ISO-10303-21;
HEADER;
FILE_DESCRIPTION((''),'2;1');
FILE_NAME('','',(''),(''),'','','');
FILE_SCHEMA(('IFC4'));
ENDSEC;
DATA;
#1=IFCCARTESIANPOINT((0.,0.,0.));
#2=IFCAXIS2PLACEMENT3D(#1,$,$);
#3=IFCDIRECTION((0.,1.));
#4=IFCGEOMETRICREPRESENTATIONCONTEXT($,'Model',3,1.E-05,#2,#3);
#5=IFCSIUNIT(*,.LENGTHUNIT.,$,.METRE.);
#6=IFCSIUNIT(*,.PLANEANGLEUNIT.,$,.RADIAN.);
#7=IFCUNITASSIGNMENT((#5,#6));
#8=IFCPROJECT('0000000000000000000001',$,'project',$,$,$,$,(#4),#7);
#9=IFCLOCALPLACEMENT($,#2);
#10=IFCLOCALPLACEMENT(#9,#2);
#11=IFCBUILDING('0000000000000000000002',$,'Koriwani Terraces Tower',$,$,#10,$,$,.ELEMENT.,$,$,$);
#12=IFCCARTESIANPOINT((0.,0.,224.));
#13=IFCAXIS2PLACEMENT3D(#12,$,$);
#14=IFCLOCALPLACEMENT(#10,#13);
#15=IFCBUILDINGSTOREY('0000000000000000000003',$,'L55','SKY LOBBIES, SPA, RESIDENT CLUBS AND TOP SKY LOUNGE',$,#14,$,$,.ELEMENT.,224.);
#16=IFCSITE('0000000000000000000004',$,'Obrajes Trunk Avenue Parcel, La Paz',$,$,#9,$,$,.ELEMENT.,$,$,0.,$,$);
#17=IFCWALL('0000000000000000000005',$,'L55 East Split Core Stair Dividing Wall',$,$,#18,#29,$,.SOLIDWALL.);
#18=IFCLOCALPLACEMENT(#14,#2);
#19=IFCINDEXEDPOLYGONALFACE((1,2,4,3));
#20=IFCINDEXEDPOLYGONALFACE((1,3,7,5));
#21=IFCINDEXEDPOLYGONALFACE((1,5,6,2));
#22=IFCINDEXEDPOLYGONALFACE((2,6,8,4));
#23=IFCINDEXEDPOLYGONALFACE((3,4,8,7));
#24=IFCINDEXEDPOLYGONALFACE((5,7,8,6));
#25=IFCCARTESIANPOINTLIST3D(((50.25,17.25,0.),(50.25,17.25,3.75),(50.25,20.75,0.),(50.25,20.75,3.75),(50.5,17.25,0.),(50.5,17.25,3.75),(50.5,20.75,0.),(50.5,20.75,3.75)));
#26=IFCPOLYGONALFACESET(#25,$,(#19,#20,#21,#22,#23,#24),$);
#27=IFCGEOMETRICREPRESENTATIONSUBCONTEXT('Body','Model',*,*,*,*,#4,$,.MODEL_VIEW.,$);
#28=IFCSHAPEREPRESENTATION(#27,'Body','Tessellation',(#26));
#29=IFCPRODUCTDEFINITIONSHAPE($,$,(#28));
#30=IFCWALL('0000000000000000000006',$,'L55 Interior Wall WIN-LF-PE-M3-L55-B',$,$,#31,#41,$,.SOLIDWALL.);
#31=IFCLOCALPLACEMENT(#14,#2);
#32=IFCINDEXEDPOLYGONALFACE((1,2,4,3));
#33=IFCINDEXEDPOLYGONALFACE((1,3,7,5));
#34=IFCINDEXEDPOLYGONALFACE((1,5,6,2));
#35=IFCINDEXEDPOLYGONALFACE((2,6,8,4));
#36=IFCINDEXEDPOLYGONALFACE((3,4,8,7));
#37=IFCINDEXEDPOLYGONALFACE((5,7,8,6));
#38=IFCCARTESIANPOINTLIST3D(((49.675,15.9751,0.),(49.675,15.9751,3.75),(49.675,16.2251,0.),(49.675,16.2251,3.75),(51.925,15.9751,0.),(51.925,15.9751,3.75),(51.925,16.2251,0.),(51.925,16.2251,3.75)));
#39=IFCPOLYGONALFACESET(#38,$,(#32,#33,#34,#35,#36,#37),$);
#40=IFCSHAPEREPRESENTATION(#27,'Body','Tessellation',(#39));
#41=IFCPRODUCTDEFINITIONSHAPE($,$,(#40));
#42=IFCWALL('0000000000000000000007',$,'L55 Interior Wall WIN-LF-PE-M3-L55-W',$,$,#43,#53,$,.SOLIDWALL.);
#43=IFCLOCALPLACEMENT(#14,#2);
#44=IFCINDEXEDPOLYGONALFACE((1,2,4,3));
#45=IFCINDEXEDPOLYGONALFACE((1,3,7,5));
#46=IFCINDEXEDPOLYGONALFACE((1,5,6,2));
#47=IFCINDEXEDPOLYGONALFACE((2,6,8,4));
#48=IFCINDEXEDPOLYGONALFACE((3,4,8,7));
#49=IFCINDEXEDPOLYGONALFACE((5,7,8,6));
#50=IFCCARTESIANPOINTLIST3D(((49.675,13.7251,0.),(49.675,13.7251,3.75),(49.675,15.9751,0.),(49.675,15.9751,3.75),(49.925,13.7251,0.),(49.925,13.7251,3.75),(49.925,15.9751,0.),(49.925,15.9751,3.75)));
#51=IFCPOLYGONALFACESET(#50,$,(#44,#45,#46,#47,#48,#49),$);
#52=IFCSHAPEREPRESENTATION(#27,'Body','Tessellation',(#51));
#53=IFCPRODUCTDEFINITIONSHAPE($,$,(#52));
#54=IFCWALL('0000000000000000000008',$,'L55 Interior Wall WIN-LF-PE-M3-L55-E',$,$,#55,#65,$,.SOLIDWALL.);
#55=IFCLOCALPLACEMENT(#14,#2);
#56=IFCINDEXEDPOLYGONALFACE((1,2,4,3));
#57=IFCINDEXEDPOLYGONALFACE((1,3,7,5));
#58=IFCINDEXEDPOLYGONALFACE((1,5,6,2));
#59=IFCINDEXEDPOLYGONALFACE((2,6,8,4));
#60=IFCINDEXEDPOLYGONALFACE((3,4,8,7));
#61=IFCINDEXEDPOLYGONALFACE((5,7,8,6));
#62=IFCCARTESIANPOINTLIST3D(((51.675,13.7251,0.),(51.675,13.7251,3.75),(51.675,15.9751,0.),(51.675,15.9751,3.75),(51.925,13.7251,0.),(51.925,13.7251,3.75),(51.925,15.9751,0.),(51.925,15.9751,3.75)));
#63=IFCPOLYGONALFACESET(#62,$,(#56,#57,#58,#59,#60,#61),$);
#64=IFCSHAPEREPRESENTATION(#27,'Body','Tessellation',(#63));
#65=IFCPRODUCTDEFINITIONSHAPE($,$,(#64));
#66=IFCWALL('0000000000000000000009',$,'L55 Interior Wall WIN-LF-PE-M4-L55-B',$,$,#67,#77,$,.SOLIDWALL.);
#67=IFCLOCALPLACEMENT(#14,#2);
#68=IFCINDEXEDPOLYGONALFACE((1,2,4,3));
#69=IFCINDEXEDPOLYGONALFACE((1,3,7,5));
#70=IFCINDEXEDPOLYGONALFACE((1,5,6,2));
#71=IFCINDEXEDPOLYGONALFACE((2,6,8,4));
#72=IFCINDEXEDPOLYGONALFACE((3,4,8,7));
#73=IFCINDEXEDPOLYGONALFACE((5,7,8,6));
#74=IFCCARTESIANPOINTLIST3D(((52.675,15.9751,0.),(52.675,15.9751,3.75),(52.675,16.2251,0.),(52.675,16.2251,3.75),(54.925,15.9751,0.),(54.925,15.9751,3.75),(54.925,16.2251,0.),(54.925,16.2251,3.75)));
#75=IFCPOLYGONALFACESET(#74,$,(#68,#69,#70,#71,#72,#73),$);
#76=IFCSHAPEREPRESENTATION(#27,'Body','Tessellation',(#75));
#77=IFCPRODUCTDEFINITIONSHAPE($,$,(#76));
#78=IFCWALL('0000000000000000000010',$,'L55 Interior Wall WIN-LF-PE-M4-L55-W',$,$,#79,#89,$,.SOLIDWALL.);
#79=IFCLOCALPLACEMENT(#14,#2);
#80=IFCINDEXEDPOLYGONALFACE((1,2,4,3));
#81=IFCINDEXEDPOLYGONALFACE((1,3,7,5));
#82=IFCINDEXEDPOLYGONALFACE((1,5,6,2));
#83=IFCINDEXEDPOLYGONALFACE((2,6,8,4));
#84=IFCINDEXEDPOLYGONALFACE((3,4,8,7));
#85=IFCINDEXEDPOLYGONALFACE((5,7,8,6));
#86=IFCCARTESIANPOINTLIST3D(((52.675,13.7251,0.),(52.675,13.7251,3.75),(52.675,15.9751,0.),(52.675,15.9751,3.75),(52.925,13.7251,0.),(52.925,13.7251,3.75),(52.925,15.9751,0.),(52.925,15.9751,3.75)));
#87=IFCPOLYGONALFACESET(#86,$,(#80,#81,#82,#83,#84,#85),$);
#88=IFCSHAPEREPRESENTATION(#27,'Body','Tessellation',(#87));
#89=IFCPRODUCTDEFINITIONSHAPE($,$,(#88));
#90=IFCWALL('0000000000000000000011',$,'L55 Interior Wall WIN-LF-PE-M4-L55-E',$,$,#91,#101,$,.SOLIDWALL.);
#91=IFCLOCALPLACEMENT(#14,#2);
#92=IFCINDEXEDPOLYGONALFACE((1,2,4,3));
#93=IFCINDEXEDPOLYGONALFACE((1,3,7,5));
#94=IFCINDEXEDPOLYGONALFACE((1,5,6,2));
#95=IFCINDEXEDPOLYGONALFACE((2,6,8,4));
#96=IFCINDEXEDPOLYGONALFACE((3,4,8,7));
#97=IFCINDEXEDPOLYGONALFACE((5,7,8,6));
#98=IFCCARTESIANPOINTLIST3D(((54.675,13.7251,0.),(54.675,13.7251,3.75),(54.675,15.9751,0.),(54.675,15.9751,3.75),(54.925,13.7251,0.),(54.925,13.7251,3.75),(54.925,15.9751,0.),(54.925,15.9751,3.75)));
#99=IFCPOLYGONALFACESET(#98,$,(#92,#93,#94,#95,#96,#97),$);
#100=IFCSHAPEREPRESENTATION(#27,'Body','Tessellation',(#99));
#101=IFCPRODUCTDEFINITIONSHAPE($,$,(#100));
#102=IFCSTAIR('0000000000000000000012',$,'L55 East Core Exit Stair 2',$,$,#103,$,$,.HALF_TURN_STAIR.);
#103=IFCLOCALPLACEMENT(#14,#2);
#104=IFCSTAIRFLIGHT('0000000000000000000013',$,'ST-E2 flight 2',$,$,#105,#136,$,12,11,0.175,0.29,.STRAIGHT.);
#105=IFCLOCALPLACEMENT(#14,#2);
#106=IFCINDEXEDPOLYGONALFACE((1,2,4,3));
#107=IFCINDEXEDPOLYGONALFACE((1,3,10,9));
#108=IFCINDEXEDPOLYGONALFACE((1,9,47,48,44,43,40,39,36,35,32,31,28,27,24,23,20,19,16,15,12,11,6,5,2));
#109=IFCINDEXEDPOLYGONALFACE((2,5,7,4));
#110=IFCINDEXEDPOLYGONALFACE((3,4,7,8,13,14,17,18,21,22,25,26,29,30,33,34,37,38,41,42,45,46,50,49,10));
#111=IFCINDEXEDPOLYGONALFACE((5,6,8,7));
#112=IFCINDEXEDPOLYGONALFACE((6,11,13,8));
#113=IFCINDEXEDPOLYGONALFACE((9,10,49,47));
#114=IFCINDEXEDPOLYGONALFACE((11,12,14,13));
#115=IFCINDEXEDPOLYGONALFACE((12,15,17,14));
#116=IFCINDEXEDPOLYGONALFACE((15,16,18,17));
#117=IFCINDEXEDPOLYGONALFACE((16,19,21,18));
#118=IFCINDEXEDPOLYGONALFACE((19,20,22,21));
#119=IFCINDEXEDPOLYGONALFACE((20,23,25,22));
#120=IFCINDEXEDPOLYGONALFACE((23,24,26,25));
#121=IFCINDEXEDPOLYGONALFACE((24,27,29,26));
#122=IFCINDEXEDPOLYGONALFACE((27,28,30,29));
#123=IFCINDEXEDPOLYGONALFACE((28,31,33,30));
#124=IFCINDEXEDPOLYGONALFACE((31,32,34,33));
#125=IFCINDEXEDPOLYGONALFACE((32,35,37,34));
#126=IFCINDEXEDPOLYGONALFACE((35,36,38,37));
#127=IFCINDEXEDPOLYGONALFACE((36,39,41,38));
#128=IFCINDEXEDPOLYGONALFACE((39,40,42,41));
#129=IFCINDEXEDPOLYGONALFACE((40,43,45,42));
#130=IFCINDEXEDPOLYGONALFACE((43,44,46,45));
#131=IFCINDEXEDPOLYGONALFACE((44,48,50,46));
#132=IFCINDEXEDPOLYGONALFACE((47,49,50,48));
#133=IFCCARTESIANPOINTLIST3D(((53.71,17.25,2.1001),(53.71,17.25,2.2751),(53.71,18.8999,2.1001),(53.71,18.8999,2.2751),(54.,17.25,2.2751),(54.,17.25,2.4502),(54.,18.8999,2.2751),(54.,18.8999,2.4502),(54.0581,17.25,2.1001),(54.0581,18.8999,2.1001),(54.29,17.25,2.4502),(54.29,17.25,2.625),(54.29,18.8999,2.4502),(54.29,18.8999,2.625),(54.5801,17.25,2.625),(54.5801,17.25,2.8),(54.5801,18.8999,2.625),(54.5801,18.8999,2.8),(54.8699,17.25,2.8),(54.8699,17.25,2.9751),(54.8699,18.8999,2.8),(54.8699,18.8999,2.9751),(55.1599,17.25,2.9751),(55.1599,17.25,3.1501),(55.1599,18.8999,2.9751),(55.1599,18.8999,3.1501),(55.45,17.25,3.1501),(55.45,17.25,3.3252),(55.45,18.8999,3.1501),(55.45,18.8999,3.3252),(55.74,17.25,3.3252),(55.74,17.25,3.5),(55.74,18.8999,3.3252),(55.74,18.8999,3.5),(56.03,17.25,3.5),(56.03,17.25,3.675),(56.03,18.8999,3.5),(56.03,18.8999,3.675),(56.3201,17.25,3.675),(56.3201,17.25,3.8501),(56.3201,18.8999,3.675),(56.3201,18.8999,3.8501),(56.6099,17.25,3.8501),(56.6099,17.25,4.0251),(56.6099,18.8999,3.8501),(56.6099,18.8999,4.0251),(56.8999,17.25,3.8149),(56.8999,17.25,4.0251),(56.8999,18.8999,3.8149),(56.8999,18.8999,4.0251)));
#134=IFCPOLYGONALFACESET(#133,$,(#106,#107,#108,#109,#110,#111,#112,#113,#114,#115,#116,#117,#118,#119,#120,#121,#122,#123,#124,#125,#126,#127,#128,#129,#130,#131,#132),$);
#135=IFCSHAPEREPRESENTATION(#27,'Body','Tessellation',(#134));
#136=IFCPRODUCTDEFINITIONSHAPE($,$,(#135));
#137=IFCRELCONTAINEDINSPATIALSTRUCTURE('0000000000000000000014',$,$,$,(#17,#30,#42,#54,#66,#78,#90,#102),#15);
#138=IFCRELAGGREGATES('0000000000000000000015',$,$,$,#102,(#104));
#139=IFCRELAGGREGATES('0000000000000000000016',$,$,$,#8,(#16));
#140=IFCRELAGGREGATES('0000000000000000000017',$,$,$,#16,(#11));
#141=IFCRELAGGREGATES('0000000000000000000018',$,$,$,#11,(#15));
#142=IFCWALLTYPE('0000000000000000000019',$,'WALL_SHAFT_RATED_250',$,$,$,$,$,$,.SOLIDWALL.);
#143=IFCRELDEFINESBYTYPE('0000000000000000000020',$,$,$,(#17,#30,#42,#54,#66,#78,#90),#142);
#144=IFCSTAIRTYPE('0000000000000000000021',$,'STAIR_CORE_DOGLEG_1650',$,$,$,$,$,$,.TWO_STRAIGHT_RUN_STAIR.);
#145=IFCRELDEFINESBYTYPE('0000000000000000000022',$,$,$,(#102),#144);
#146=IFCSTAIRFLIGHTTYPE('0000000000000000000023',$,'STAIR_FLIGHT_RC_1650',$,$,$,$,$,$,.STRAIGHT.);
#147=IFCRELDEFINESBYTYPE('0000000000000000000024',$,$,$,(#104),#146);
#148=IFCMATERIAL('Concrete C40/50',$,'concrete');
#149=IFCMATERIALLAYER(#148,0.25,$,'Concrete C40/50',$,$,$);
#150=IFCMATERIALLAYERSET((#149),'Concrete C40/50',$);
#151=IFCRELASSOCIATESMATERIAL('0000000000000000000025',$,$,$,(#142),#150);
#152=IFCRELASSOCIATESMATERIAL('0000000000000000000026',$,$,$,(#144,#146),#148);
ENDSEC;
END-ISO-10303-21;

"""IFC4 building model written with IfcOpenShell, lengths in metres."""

from ifc_helpers import new_model, si_unit, direction, frame, frame_2d, origin, place, context, subcontext, project, spatial, polyline, rectangle, outline, extrude, material, layer, layer_set, type_object, element, aggregate, save


model = new_model("IFC4")

# Units and contexts
model_context = context("Model", 3, precision=1e-05, world=origin(), true_north=direction((0.0, 1.0)))
body_context = subcontext(model_context, "Body", "Model", "MODEL_VIEW")
ifc_project = project(units=[si_unit("LENGTHUNIT", "METRE"), si_unit("PLANEANGLEUNIT", "RADIAN")], contexts=[model_context])

# Site, building, storey
site_placement = place(None, origin())
site = spatial("IfcSite", under=ifc_project, at=site_placement, Name="Obrajes Trunk Avenue Parcel, La Paz", CompositionType="ELEMENT", RefElevation=0.0)
building_placement = place(site_placement, origin())
building = spatial("IfcBuilding", under=site, at=building_placement, Name="Koriwani Terraces Tower", CompositionType="ELEMENT")
storey_placement = place(building_placement, frame((0.0, 0.0, 224.0)))
storey = spatial("IfcBuildingStorey", under=building, at=storey_placement, Name="L55", Description="SKY LOBBIES, SPA, RESIDENT CLUBS AND TOP SKY LOUNGE", CompositionType="ELEMENT", Elevation=224.0)

# Shared definitions
ifc_material_1 = material(Name="Concrete C40/50", Category="concrete")

# Wall
ifc_layer_1 = layer(ifc_material_1, 0.25, Name="Concrete C40/50")
ifc_layer_set_1 = layer_set([ifc_layer_1], Name="Concrete C40/50")
wall_type_1 = type_object("IfcWallType", Name="WALL_SHAFT_RATED_250", PredefinedType="SOLIDWALL", material=ifc_layer_set_1)
wall_1_placement = place(storey_placement, frame((50.375, 17.25, 0.0), z_axis=(0.0, 0.0, 1.0), x_axis=(0.0, 1.0, 0.0)))
element("IfcWall", 1, at=wall_1_placement, inside=storey, type_object=wall_type_1, Name="L55 East Split Core Stair Dividing Wall", PredefinedType="SOLIDWALL", context=body_context, shape_type="SweptSolid", body=[
    extrude(rectangle(XDim=3.5, YDim=0.25, at=frame_2d((1.75, 0.0))), origin(), (0.0, 0.0, 1.0), 3.75),
])

# Walls
for number, where, z_axis, x_axis, name in (
    (2, (49.675, 16.1001, 0.0), (0.0, 0.0, 1.0), (1.0, 0.0, 0.0), "L55 Interior Wall WIN-LF-PE-M3-L55-B"),
    (3, (49.8, 13.7251, 0.0), (0.0, 0.0, 1.0), (0.0, 1.0, 0.0), "L55 Interior Wall WIN-LF-PE-M3-L55-W"),
    (4, (51.8, 13.7251, 0.0), (0.0, 0.0, 1.0), (0.0, 1.0, 0.0), "L55 Interior Wall WIN-LF-PE-M3-L55-E"),
):
    element("IfcWall", number, at=place(storey_placement, frame(where, z_axis=z_axis, x_axis=x_axis)), inside=storey, type_object=wall_type_1, Name=name, PredefinedType="SOLIDWALL", context=body_context, shape_type="SweptSolid", body=[
        extrude(rectangle(XDim=2.25, YDim=0.25, at=frame_2d((1.125, 0.0))), origin(), (0.0, 0.0, 1.0), 3.75),
    ])

# Walls
for number, where, z_axis, x_axis, name in (
    (5, (52.675, 16.1001, 0.0), (0.0, 0.0, 1.0), (1.0, 0.0, 0.0), "L55 Interior Wall WIN-LF-PE-M4-L55-B"),
    (6, (52.8, 13.7251, 0.0), (0.0, 0.0, 1.0), (0.0, 1.0, 0.0), "L55 Interior Wall WIN-LF-PE-M4-L55-W"),
    (7, (54.8, 13.7251, 0.0), (0.0, 0.0, 1.0), (0.0, 1.0, 0.0), "L55 Interior Wall WIN-LF-PE-M4-L55-E"),
):
    element("IfcWall", number, at=place(storey_placement, frame(where, z_axis=z_axis, x_axis=x_axis)), inside=storey, type_object=wall_type_1, Name=name, PredefinedType="SOLIDWALL", context=body_context, shape_type="SweptSolid", body=[
        extrude(rectangle(XDim=2.25, YDim=0.25, at=frame_2d((1.125, 0.0))), origin(), (0.0, 0.0, 1.0), 3.75),
    ])

# Stair, stair flight
stair_type = type_object("IfcStairType", Name="STAIR_CORE_DOGLEG_1650", PredefinedType="TWO_STRAIGHT_RUN_STAIR", material=ifc_material_1)
stair_placement = place(storey_placement, origin())
stair = element("IfcStair", 8, at=stair_placement, inside=storey, type_object=stair_type, Name="L55 East Core Exit Stair 2", PredefinedType="HALF_TURN_STAIR")
stair_flight_type = type_object("IfcStairFlightType", Name="STAIR_FLIGHT_RC_1650", PredefinedType="STRAIGHT", material=ifc_material_1)
stair_flight_placement = place(storey_placement, frame((53.71, 18.075, 2.1001), z_axis=(0.0, 0.0, 1.0), x_axis=(1.0, 0.0, 0.0)))
stair_flight = element("IfcStairFlight", 9, at=stair_flight_placement, type_object=stair_flight_type, Name="ST-E2 flight 2", NumberOfRisers=12, NumberOfTreads=11, PredefinedType="STRAIGHT", RiserHeight=0.175, TreadLength=0.29, context=body_context, shape_type="SweptSolid", body=[
    extrude(outline(polyline([(0.0, 0.0), (0.0, 0.175), (0.29, 0.175), (0.29, 0.3501), (0.5801, 0.3501), (0.5801, 0.5249), (0.8701, 0.5249), (0.8701, 0.7), (1.1599, 0.7), (1.1599, 0.875), (1.45, 0.875), (1.45, 1.05), (1.74, 1.05), (1.74, 1.2251), (2.03, 1.2251), (2.03, 1.3999), (2.3201, 1.3999), (2.3201, 1.575), (2.6101, 1.575), (2.6101, 1.75), (2.8999, 1.75), (2.8999, 1.925), (3.1899, 1.925), (3.1899, 2.1001), (3.1899, 1.7148), (0.3481, 0.0), (0.0, 0.0)])), frame((0.0, 0.825, 0.0), z_axis=(0.0, -1.0, 0.0), x_axis=(1.0, 0.0, 0.0)), (0.0, 0.0, 1.0), 1.6499),
])
aggregate(stair, [stair_flight])

save(model, "model.ifc")
